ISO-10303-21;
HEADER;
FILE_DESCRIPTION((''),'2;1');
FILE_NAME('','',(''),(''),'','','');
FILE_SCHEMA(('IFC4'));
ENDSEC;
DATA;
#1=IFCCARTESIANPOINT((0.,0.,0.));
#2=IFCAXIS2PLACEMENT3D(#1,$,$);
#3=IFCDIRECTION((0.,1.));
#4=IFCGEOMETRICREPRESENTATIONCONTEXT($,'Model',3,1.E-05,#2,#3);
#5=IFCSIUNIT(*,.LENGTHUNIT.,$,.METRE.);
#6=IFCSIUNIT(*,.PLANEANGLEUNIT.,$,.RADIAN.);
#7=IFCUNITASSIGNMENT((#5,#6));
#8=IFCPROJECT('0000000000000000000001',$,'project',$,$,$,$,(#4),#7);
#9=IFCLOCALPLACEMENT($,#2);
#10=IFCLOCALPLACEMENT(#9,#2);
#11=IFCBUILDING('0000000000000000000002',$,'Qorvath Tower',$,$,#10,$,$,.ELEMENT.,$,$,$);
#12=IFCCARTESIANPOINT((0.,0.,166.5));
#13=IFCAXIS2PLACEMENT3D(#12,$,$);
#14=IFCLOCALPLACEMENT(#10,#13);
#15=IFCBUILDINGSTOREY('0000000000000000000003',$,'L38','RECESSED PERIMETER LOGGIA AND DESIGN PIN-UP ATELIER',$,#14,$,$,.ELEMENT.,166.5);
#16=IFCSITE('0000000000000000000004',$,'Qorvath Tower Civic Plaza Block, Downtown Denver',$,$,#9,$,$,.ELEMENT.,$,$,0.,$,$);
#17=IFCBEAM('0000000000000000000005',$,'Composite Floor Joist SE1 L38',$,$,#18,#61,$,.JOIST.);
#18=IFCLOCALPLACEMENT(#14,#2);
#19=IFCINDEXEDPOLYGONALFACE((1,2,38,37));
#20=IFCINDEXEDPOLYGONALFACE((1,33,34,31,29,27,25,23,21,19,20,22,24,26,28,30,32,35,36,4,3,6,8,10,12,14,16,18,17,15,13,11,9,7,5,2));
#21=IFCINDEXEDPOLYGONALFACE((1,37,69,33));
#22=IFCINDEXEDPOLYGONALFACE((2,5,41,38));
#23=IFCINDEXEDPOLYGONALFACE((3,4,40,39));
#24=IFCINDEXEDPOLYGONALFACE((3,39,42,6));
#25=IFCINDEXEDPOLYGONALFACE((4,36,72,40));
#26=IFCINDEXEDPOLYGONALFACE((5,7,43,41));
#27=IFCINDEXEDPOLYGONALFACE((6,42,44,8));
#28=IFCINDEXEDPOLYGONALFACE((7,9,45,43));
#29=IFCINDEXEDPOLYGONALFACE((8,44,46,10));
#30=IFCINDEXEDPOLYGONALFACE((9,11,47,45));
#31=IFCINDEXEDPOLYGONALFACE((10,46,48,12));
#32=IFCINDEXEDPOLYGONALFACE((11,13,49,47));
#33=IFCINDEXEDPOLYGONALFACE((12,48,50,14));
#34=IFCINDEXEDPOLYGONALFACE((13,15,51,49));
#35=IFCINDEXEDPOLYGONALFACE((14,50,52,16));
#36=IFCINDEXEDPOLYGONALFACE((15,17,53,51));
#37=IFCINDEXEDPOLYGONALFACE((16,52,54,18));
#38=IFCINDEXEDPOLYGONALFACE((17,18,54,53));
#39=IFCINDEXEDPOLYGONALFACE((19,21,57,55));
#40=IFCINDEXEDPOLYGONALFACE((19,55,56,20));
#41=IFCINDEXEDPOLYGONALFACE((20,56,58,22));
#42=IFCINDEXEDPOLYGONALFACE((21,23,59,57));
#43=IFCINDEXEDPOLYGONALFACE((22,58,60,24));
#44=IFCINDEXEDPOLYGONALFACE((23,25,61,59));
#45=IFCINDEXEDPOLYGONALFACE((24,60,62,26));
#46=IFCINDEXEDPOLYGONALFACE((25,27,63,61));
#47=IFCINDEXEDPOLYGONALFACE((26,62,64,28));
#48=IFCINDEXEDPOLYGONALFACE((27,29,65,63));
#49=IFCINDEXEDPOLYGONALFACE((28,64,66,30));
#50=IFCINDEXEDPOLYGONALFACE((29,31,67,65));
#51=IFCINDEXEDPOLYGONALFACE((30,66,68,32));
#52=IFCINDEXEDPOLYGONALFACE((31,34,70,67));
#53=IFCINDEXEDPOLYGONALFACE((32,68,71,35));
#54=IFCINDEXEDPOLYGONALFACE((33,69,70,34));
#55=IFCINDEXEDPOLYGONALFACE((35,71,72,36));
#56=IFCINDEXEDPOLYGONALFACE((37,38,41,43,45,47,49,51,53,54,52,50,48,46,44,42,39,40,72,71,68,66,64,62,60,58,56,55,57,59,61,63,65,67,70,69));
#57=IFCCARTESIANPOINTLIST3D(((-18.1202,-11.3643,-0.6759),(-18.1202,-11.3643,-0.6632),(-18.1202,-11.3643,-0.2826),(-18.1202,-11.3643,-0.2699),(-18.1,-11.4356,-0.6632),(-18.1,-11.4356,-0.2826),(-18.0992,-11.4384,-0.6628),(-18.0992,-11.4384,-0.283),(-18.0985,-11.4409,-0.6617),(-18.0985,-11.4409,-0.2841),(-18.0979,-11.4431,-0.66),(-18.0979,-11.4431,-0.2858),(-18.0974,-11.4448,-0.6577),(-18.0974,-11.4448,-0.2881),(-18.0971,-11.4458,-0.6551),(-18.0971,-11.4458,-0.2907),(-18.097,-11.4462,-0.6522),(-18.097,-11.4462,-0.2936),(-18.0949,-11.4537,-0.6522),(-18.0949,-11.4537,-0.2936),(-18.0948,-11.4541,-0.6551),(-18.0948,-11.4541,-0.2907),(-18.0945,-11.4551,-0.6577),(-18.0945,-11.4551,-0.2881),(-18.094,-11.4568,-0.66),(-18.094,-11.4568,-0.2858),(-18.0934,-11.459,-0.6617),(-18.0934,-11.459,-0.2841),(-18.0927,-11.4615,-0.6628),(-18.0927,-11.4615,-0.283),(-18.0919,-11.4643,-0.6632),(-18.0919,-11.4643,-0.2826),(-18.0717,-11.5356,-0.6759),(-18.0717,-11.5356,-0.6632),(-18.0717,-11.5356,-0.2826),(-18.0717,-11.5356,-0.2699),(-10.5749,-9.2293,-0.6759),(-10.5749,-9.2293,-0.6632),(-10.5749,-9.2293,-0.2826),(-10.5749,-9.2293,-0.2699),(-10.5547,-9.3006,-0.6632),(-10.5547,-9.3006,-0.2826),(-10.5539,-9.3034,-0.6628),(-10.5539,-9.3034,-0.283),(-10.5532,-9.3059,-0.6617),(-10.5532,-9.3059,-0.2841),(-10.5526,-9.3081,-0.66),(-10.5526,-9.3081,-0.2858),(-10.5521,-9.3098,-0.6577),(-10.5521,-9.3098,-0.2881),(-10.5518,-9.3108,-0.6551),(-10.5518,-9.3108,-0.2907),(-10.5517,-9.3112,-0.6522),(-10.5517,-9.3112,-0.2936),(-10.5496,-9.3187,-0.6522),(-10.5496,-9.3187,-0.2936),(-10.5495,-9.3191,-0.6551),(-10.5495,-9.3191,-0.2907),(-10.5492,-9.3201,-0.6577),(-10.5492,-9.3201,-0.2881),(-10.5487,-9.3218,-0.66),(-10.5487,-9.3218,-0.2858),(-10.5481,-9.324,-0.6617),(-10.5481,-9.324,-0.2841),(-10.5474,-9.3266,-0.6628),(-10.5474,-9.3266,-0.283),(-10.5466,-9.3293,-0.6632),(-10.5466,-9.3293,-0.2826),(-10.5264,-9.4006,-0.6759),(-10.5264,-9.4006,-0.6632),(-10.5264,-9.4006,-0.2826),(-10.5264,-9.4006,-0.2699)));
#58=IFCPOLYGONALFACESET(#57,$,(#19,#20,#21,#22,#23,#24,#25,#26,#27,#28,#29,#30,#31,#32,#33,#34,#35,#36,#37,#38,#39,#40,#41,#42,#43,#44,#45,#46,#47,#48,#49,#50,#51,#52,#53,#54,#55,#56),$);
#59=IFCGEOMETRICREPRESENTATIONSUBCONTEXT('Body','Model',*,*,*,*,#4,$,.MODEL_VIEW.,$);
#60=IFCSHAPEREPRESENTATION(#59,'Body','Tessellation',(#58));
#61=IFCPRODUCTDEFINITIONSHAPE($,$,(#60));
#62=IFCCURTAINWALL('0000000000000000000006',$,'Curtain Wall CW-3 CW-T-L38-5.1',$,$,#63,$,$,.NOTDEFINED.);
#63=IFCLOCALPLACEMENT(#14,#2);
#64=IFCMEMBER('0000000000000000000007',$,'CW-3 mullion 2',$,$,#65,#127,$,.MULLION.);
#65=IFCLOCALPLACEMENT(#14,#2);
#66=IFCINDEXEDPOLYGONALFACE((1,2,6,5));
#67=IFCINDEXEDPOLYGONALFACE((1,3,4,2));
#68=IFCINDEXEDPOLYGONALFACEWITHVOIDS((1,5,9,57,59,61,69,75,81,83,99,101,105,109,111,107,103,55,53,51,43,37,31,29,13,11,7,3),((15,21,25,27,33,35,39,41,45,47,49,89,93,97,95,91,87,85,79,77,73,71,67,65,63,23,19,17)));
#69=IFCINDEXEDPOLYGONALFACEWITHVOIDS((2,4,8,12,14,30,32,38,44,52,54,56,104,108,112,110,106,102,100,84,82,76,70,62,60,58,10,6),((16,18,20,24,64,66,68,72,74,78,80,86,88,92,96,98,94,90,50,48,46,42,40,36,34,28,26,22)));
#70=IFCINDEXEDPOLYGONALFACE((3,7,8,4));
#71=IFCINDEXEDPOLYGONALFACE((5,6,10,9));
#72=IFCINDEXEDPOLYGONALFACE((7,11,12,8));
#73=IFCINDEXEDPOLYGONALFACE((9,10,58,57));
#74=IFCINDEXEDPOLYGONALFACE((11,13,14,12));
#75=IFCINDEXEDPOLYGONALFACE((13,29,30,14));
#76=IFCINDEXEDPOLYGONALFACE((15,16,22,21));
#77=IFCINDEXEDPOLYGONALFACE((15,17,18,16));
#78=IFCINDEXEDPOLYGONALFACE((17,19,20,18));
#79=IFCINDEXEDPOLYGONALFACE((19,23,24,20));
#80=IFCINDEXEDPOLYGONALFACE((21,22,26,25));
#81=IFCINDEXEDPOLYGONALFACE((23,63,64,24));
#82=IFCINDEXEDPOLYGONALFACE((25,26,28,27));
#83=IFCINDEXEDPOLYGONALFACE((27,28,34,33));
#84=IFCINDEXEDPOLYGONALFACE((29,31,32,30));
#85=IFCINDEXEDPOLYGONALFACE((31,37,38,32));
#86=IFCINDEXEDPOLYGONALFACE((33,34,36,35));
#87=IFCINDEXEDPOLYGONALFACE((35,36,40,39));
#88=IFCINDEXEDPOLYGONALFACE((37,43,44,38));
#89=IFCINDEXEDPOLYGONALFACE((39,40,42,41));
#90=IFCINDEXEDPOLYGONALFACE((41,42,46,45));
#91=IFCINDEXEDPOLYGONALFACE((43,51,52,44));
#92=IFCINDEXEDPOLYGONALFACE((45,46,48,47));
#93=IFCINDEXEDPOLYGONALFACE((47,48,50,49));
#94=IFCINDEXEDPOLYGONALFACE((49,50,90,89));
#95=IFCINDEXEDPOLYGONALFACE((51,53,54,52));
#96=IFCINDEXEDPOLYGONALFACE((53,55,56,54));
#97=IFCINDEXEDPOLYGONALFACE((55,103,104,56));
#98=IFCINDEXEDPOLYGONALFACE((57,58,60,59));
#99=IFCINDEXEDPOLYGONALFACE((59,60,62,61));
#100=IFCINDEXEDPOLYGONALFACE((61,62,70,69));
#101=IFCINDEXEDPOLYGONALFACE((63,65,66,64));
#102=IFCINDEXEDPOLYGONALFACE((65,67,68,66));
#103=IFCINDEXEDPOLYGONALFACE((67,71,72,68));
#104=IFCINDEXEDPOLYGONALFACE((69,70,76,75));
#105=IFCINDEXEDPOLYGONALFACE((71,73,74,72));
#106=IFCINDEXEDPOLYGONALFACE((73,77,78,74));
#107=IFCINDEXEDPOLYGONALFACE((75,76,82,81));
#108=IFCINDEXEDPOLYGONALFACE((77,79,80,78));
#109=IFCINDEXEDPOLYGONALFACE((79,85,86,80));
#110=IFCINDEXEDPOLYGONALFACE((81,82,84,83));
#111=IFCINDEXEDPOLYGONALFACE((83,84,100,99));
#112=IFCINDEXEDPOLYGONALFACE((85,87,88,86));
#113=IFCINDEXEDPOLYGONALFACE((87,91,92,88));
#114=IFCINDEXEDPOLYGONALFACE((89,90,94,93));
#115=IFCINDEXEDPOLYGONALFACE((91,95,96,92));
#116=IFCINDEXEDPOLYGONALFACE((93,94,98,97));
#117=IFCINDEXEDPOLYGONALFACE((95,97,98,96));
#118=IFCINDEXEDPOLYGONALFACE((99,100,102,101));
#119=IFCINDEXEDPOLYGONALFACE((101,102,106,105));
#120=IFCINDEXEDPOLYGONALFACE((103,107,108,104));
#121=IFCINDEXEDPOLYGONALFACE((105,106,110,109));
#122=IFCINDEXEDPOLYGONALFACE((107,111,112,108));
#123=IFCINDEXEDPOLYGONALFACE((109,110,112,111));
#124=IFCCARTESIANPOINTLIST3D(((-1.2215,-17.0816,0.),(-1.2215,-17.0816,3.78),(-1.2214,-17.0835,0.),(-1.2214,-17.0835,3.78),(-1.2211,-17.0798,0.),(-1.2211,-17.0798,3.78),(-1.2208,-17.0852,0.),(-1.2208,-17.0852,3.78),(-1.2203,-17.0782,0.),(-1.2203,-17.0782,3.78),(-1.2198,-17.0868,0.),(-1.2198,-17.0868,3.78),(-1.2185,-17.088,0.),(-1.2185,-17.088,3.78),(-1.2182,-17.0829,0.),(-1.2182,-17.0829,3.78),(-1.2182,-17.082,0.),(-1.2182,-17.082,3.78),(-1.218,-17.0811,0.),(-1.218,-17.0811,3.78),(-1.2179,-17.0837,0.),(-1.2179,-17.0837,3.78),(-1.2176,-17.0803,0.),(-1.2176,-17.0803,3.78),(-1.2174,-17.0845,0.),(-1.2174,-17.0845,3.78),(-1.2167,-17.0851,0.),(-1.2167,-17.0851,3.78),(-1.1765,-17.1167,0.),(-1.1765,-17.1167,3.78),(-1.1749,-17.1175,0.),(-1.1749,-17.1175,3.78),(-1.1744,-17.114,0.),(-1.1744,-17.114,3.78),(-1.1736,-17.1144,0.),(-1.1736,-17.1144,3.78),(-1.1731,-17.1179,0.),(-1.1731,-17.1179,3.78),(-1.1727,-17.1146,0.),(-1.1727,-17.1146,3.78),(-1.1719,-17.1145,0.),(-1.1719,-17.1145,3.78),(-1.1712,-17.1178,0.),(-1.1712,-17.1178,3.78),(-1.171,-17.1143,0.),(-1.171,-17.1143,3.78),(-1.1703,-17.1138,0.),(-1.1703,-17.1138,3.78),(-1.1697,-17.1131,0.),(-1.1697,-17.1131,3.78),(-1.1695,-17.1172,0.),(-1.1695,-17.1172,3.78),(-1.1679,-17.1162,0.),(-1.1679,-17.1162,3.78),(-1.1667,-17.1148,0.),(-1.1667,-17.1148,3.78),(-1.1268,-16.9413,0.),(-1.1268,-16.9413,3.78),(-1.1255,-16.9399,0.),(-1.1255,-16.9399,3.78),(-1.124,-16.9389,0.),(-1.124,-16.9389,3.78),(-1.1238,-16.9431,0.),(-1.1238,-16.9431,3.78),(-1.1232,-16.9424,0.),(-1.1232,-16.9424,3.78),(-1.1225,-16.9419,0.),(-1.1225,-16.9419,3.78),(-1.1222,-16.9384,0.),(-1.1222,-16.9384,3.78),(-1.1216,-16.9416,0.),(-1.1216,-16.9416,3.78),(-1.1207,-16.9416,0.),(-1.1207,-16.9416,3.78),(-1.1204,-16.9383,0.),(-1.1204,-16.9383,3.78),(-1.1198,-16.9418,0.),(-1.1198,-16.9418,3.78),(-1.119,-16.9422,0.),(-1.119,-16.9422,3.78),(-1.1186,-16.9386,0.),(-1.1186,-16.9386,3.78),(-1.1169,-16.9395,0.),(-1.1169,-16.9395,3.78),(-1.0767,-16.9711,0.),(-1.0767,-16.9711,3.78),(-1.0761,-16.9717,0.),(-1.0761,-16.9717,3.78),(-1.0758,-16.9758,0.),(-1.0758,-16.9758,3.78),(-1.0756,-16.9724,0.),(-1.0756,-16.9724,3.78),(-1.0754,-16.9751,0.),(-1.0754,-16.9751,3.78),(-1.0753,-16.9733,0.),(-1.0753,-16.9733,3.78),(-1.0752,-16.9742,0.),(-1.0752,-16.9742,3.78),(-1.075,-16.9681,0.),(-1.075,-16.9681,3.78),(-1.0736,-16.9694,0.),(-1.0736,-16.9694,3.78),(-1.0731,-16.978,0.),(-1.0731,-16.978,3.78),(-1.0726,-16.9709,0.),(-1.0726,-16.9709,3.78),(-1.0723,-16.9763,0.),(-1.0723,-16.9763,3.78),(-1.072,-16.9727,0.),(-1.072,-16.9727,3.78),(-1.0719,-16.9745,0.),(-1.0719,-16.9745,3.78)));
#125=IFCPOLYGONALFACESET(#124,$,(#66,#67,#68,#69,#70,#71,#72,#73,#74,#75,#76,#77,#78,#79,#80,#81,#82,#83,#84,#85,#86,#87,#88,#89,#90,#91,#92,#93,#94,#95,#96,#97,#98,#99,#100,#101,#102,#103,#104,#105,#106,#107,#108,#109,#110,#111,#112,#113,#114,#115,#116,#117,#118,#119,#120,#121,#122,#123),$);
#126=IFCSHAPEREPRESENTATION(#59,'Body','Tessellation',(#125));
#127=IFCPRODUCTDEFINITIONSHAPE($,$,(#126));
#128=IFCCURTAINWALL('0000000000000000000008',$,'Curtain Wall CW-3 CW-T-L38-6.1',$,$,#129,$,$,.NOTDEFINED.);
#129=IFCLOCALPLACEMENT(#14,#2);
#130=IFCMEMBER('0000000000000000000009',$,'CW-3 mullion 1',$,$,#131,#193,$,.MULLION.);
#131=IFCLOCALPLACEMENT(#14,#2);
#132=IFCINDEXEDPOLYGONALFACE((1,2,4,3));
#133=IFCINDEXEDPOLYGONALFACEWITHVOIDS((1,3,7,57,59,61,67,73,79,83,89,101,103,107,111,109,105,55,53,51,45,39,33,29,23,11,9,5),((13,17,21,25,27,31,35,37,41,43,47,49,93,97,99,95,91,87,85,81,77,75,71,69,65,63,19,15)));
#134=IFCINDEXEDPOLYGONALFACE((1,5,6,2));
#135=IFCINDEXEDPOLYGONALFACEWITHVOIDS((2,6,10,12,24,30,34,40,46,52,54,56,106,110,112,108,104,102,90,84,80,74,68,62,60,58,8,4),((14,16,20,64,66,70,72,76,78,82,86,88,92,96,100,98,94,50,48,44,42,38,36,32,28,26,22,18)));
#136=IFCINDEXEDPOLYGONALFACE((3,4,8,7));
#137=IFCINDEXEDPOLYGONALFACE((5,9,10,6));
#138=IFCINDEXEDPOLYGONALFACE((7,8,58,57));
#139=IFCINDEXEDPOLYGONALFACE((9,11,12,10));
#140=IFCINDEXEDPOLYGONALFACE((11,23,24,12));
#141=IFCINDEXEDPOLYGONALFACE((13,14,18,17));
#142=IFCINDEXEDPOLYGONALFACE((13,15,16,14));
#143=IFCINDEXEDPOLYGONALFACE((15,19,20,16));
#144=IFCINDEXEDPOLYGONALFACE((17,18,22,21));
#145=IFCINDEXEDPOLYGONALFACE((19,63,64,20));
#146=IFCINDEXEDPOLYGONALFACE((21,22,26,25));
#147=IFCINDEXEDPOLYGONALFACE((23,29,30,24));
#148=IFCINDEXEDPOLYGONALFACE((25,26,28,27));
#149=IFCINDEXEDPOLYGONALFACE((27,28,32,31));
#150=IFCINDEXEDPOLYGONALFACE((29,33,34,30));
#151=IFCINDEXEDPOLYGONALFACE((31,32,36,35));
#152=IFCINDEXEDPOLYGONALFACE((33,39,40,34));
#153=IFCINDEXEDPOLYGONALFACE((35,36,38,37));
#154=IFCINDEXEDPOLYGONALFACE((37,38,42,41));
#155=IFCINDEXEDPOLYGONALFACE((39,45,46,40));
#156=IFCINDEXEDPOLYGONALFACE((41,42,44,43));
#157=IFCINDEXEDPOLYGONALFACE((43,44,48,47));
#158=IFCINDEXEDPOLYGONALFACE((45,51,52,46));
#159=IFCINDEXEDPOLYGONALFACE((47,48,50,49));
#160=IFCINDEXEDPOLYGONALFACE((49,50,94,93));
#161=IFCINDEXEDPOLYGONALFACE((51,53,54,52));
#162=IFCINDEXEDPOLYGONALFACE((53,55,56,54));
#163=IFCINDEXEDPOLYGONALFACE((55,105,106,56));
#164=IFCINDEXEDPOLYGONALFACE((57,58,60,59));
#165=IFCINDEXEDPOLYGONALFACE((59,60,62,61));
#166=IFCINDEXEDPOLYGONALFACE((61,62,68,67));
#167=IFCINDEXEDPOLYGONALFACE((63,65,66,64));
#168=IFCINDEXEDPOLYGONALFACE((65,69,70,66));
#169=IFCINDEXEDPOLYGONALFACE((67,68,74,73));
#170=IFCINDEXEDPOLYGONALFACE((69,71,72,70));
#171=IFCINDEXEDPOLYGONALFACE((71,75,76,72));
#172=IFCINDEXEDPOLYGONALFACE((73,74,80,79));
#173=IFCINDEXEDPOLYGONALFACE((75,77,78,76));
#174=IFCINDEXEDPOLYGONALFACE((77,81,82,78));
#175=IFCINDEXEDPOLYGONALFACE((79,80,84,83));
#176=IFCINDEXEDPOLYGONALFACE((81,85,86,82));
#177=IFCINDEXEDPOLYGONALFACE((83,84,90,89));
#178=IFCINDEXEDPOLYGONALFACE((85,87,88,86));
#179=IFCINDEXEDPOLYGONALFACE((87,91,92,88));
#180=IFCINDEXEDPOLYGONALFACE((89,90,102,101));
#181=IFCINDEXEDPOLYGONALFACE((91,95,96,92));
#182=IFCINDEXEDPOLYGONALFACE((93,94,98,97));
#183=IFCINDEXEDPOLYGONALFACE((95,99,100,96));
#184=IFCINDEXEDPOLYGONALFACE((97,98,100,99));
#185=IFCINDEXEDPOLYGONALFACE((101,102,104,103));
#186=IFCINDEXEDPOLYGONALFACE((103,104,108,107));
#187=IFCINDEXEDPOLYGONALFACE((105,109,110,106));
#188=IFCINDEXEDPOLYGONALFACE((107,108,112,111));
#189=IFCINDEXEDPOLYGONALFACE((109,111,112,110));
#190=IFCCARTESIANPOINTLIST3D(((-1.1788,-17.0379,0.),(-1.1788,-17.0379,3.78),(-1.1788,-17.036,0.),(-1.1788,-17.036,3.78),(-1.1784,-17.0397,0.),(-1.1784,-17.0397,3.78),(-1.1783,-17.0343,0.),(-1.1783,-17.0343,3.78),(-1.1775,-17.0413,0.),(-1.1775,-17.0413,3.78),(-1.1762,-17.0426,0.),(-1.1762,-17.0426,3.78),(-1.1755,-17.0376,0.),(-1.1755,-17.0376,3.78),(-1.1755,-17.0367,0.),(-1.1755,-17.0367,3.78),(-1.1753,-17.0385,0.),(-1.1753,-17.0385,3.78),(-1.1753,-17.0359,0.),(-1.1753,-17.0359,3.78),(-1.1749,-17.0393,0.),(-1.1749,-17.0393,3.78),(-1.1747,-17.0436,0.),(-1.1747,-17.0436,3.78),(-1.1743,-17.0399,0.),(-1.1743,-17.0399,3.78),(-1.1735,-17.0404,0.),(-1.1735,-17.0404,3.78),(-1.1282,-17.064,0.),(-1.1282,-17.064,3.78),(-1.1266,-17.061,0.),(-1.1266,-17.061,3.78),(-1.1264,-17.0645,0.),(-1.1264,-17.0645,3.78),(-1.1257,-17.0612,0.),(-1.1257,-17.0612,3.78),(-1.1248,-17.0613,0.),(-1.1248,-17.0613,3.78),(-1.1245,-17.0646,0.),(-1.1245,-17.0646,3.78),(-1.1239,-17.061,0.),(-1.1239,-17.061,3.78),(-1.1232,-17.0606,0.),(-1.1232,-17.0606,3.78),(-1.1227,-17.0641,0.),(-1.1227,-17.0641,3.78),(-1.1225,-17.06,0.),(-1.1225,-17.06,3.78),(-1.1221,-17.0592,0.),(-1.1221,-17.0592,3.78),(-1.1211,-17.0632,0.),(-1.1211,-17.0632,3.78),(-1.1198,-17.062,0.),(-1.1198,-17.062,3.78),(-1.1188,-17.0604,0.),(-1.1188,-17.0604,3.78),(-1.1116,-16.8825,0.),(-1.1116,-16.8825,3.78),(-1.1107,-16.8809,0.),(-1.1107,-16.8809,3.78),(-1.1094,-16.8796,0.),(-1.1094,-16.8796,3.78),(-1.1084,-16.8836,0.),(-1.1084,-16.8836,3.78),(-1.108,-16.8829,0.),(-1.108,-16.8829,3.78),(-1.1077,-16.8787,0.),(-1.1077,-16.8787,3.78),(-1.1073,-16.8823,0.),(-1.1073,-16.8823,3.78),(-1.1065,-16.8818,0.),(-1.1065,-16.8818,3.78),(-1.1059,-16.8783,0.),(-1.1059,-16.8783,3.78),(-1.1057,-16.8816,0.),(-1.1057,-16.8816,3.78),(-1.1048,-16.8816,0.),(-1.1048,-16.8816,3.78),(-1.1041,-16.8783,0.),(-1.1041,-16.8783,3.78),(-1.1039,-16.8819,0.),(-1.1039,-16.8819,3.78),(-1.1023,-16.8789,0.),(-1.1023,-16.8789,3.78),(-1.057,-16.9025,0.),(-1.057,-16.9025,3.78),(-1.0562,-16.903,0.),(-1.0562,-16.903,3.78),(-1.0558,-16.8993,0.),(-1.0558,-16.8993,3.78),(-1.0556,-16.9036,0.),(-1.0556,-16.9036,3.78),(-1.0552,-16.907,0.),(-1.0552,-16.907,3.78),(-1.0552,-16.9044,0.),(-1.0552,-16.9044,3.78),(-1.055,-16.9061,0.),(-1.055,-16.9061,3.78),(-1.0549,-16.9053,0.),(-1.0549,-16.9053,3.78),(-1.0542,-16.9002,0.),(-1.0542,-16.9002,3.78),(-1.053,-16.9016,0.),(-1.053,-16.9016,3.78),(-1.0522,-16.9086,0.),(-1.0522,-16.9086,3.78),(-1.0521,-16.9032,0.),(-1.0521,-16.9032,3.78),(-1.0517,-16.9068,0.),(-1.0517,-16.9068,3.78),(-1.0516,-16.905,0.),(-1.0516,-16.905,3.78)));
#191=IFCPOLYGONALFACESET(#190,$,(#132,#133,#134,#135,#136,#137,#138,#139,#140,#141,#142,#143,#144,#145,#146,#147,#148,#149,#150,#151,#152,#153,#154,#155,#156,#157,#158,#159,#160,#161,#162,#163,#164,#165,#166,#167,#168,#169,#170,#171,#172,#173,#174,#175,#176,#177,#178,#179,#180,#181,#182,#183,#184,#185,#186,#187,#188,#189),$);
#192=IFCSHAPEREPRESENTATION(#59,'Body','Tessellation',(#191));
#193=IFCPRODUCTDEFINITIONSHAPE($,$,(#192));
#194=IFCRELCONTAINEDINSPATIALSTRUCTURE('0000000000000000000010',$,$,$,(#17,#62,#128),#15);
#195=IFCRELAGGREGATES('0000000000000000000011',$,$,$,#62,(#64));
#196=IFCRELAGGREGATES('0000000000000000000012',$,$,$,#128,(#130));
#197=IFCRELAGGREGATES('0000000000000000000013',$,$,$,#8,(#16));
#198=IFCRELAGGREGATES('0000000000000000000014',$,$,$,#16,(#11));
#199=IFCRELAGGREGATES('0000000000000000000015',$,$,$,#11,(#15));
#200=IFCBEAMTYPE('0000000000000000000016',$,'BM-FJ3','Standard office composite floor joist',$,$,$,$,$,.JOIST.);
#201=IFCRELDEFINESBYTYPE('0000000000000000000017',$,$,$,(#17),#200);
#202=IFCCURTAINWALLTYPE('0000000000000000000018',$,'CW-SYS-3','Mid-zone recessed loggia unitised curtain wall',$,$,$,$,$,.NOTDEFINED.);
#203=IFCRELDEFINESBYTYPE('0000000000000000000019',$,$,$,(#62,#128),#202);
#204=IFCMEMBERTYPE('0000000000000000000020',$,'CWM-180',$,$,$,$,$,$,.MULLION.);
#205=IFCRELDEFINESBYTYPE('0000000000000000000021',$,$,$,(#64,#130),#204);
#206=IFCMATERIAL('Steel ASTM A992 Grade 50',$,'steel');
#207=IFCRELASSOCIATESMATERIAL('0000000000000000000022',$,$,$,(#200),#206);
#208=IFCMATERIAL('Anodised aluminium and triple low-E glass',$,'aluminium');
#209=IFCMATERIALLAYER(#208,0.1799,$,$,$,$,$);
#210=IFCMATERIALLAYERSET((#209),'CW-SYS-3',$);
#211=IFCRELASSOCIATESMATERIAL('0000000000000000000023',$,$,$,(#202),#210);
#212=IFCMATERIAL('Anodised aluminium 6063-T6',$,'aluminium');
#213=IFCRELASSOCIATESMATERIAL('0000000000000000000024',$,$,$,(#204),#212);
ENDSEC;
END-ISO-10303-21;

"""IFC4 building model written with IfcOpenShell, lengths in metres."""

from ifc_helpers import new_model, si_unit, direction, frame, origin, origin_2d, place, context, subcontext, project, spatial, hollow_rectangle, i_section, extrude, material, layer, layer_set, material_profile, profile_set, type_object, element, aggregate, save


model = new_model("IFC4")

# Units and contexts
model_context = context("Model", 3, precision=1e-05, world=origin(), true_north=direction((0.0, 1.0)))
body_context = subcontext(model_context, "Body", "Model", "MODEL_VIEW")
ifc_project = project(units=[si_unit("LENGTHUNIT", "METRE"), si_unit("PLANEANGLEUNIT", "RADIAN")], contexts=[model_context])

# Site, building, storey
site_placement = place(None, origin())
site = spatial("IfcSite", under=ifc_project, at=site_placement, Name="Qorvath Tower Civic Plaza Block, Downtown Denver", CompositionType="ELEMENT", RefElevation=0.0)
building_placement = place(site_placement, origin())
building = spatial("IfcBuilding", under=site, at=building_placement, Name="Qorvath Tower", CompositionType="ELEMENT")
storey_placement = place(building_placement, frame((0.0, 0.0, 166.5)))
storey = spatial("IfcBuildingStorey", under=building, at=storey_placement, Name="L38", Description="RECESSED PERIMETER LOGGIA AND DESIGN PIN-UP ATELIER", CompositionType="ELEMENT", Elevation=166.5)

# Beam
ifc_material_1 = material(Name="Steel ASTM A992 Grade 50", Category="steel")
ifc_material_profile_1 = material_profile(ifc_material_1, i_section(OverallWidth=0.178, OverallDepth=0.406, WebThickness=0.0078, FlangeThickness=0.0127, FilletRadius=0.011, at=origin_2d()), Name="W16x40")
ifc_profile_set_1 = profile_set([ifc_material_profile_1], Name="Steel ASTM A992 Grade 50")
beam_type_1 = type_object("IfcBeamType", Name="BM-FJ3", Description="Standard office composite floor joist", PredefinedType="JOIST", material=ifc_profile_set_1)
beam_1_placement = place(storey_placement, frame((-18.0959, -11.45, -0.4729), z_axis=(0.962222, 0.272265, 0.0), x_axis=(-0.272265, 0.962222, 0.0)))
element("IfcBeam", 1, at=beam_1_placement, inside=storey, type_object=beam_type_1, Name="Composite Floor Joist SE1 L38", PredefinedType="JOIST", context=body_context, shape_type="SweptSolid", body=[
    extrude(i_section(OverallWidth=0.178, OverallDepth=0.406, WebThickness=0.0078, FlangeThickness=0.0127, FilletRadius=0.011, at=origin_2d()), origin(), (0.0, 0.0, 1.0), 7.8416),
])

# Curtain wall, member
ifc_material_2 = material(Name="Anodised aluminium and triple low-E glass", Category="aluminium")
ifc_layer_1 = layer(ifc_material_2, 0.1799)
ifc_layer_set_1 = layer_set([ifc_layer_1], Name="CW-SYS-3")
curtain_wall_type = type_object("IfcCurtainWallType", Name="CW-SYS-3", Description="Mid-zone recessed loggia unitised curtain wall", PredefinedType="NOTDEFINED", material=ifc_layer_set_1)
curtain_wall_1_placement = place(storey_placement, origin())
curtain_wall_1 = element("IfcCurtainWall", 2, at=curtain_wall_1_placement, inside=storey, type_object=curtain_wall_type, Name="Curtain Wall CW-3 CW-T-L38-5.1", PredefinedType="NOTDEFINED")
ifc_material_3 = material(Name="Anodised aluminium 6063-T6", Category="aluminium")
ifc_material_profile_2 = material_profile(ifc_material_3, hollow_rectangle(XDim=0.0649, YDim=0.1799, WallThickness=0.0034, InnerFilletRadius=0.0034, OuterFilletRadius=0.0071, at=origin_2d()), Name="CWM 180x65")
ifc_profile_set_2 = profile_set([ifc_material_profile_2], Name="Anodised aluminium 6063-T6")
member_type_1 = type_object("IfcMemberType", Name="CWM-180", PredefinedType="MULLION", material=ifc_profile_set_2)
member_1_placement = place(storey_placement, frame((-1.1467, -17.0281, 0.0), z_axis=(0.0, 0.0, 1.0), x_axis=(-0.825525, 0.564366, 0.0)))
member_1 = element("IfcMember", 3, at=member_1_placement, type_object=member_type_1, Name="CW-3 mullion 2", PredefinedType="MULLION", context=body_context, shape_type="SweptSolid", body=[
    extrude(hollow_rectangle(XDim=0.0649, YDim=0.1799, WallThickness=0.0034, InnerFilletRadius=0.0034, OuterFilletRadius=0.0071, at=origin_2d()), origin(), (0.0, 0.0, 1.0), 3.78),
])
aggregate(curtain_wall_1, [member_1])

# Curtain wall, member
curtain_wall_2_placement = place(storey_placement, origin())
curtain_wall_2 = element("IfcCurtainWall", 4, at=curtain_wall_2_placement, inside=storey, type_object=curtain_wall_type, Name="Curtain Wall CW-3 CW-T-L38-6.1", PredefinedType="NOTDEFINED")
member_2_placement = place(storey_placement, frame((-1.1152, -16.9714, 0.0), z_axis=(0.0, 0.0, 1.0), x_axis=(-0.915629, 0.402023, 0.0)))
member_2 = element("IfcMember", 5, at=member_2_placement, type_object=member_type_1, Name="CW-3 mullion 1", PredefinedType="MULLION", context=body_context, shape_type="SweptSolid", body=[
    extrude(hollow_rectangle(XDim=0.0649, YDim=0.1799, WallThickness=0.0034, InnerFilletRadius=0.0034, OuterFilletRadius=0.0071, at=origin_2d()), origin(), (0.0, 0.0, 1.0), 3.78),
])

aggregate(curtain_wall_2, [member_2])

save(model, "model.ifc")
